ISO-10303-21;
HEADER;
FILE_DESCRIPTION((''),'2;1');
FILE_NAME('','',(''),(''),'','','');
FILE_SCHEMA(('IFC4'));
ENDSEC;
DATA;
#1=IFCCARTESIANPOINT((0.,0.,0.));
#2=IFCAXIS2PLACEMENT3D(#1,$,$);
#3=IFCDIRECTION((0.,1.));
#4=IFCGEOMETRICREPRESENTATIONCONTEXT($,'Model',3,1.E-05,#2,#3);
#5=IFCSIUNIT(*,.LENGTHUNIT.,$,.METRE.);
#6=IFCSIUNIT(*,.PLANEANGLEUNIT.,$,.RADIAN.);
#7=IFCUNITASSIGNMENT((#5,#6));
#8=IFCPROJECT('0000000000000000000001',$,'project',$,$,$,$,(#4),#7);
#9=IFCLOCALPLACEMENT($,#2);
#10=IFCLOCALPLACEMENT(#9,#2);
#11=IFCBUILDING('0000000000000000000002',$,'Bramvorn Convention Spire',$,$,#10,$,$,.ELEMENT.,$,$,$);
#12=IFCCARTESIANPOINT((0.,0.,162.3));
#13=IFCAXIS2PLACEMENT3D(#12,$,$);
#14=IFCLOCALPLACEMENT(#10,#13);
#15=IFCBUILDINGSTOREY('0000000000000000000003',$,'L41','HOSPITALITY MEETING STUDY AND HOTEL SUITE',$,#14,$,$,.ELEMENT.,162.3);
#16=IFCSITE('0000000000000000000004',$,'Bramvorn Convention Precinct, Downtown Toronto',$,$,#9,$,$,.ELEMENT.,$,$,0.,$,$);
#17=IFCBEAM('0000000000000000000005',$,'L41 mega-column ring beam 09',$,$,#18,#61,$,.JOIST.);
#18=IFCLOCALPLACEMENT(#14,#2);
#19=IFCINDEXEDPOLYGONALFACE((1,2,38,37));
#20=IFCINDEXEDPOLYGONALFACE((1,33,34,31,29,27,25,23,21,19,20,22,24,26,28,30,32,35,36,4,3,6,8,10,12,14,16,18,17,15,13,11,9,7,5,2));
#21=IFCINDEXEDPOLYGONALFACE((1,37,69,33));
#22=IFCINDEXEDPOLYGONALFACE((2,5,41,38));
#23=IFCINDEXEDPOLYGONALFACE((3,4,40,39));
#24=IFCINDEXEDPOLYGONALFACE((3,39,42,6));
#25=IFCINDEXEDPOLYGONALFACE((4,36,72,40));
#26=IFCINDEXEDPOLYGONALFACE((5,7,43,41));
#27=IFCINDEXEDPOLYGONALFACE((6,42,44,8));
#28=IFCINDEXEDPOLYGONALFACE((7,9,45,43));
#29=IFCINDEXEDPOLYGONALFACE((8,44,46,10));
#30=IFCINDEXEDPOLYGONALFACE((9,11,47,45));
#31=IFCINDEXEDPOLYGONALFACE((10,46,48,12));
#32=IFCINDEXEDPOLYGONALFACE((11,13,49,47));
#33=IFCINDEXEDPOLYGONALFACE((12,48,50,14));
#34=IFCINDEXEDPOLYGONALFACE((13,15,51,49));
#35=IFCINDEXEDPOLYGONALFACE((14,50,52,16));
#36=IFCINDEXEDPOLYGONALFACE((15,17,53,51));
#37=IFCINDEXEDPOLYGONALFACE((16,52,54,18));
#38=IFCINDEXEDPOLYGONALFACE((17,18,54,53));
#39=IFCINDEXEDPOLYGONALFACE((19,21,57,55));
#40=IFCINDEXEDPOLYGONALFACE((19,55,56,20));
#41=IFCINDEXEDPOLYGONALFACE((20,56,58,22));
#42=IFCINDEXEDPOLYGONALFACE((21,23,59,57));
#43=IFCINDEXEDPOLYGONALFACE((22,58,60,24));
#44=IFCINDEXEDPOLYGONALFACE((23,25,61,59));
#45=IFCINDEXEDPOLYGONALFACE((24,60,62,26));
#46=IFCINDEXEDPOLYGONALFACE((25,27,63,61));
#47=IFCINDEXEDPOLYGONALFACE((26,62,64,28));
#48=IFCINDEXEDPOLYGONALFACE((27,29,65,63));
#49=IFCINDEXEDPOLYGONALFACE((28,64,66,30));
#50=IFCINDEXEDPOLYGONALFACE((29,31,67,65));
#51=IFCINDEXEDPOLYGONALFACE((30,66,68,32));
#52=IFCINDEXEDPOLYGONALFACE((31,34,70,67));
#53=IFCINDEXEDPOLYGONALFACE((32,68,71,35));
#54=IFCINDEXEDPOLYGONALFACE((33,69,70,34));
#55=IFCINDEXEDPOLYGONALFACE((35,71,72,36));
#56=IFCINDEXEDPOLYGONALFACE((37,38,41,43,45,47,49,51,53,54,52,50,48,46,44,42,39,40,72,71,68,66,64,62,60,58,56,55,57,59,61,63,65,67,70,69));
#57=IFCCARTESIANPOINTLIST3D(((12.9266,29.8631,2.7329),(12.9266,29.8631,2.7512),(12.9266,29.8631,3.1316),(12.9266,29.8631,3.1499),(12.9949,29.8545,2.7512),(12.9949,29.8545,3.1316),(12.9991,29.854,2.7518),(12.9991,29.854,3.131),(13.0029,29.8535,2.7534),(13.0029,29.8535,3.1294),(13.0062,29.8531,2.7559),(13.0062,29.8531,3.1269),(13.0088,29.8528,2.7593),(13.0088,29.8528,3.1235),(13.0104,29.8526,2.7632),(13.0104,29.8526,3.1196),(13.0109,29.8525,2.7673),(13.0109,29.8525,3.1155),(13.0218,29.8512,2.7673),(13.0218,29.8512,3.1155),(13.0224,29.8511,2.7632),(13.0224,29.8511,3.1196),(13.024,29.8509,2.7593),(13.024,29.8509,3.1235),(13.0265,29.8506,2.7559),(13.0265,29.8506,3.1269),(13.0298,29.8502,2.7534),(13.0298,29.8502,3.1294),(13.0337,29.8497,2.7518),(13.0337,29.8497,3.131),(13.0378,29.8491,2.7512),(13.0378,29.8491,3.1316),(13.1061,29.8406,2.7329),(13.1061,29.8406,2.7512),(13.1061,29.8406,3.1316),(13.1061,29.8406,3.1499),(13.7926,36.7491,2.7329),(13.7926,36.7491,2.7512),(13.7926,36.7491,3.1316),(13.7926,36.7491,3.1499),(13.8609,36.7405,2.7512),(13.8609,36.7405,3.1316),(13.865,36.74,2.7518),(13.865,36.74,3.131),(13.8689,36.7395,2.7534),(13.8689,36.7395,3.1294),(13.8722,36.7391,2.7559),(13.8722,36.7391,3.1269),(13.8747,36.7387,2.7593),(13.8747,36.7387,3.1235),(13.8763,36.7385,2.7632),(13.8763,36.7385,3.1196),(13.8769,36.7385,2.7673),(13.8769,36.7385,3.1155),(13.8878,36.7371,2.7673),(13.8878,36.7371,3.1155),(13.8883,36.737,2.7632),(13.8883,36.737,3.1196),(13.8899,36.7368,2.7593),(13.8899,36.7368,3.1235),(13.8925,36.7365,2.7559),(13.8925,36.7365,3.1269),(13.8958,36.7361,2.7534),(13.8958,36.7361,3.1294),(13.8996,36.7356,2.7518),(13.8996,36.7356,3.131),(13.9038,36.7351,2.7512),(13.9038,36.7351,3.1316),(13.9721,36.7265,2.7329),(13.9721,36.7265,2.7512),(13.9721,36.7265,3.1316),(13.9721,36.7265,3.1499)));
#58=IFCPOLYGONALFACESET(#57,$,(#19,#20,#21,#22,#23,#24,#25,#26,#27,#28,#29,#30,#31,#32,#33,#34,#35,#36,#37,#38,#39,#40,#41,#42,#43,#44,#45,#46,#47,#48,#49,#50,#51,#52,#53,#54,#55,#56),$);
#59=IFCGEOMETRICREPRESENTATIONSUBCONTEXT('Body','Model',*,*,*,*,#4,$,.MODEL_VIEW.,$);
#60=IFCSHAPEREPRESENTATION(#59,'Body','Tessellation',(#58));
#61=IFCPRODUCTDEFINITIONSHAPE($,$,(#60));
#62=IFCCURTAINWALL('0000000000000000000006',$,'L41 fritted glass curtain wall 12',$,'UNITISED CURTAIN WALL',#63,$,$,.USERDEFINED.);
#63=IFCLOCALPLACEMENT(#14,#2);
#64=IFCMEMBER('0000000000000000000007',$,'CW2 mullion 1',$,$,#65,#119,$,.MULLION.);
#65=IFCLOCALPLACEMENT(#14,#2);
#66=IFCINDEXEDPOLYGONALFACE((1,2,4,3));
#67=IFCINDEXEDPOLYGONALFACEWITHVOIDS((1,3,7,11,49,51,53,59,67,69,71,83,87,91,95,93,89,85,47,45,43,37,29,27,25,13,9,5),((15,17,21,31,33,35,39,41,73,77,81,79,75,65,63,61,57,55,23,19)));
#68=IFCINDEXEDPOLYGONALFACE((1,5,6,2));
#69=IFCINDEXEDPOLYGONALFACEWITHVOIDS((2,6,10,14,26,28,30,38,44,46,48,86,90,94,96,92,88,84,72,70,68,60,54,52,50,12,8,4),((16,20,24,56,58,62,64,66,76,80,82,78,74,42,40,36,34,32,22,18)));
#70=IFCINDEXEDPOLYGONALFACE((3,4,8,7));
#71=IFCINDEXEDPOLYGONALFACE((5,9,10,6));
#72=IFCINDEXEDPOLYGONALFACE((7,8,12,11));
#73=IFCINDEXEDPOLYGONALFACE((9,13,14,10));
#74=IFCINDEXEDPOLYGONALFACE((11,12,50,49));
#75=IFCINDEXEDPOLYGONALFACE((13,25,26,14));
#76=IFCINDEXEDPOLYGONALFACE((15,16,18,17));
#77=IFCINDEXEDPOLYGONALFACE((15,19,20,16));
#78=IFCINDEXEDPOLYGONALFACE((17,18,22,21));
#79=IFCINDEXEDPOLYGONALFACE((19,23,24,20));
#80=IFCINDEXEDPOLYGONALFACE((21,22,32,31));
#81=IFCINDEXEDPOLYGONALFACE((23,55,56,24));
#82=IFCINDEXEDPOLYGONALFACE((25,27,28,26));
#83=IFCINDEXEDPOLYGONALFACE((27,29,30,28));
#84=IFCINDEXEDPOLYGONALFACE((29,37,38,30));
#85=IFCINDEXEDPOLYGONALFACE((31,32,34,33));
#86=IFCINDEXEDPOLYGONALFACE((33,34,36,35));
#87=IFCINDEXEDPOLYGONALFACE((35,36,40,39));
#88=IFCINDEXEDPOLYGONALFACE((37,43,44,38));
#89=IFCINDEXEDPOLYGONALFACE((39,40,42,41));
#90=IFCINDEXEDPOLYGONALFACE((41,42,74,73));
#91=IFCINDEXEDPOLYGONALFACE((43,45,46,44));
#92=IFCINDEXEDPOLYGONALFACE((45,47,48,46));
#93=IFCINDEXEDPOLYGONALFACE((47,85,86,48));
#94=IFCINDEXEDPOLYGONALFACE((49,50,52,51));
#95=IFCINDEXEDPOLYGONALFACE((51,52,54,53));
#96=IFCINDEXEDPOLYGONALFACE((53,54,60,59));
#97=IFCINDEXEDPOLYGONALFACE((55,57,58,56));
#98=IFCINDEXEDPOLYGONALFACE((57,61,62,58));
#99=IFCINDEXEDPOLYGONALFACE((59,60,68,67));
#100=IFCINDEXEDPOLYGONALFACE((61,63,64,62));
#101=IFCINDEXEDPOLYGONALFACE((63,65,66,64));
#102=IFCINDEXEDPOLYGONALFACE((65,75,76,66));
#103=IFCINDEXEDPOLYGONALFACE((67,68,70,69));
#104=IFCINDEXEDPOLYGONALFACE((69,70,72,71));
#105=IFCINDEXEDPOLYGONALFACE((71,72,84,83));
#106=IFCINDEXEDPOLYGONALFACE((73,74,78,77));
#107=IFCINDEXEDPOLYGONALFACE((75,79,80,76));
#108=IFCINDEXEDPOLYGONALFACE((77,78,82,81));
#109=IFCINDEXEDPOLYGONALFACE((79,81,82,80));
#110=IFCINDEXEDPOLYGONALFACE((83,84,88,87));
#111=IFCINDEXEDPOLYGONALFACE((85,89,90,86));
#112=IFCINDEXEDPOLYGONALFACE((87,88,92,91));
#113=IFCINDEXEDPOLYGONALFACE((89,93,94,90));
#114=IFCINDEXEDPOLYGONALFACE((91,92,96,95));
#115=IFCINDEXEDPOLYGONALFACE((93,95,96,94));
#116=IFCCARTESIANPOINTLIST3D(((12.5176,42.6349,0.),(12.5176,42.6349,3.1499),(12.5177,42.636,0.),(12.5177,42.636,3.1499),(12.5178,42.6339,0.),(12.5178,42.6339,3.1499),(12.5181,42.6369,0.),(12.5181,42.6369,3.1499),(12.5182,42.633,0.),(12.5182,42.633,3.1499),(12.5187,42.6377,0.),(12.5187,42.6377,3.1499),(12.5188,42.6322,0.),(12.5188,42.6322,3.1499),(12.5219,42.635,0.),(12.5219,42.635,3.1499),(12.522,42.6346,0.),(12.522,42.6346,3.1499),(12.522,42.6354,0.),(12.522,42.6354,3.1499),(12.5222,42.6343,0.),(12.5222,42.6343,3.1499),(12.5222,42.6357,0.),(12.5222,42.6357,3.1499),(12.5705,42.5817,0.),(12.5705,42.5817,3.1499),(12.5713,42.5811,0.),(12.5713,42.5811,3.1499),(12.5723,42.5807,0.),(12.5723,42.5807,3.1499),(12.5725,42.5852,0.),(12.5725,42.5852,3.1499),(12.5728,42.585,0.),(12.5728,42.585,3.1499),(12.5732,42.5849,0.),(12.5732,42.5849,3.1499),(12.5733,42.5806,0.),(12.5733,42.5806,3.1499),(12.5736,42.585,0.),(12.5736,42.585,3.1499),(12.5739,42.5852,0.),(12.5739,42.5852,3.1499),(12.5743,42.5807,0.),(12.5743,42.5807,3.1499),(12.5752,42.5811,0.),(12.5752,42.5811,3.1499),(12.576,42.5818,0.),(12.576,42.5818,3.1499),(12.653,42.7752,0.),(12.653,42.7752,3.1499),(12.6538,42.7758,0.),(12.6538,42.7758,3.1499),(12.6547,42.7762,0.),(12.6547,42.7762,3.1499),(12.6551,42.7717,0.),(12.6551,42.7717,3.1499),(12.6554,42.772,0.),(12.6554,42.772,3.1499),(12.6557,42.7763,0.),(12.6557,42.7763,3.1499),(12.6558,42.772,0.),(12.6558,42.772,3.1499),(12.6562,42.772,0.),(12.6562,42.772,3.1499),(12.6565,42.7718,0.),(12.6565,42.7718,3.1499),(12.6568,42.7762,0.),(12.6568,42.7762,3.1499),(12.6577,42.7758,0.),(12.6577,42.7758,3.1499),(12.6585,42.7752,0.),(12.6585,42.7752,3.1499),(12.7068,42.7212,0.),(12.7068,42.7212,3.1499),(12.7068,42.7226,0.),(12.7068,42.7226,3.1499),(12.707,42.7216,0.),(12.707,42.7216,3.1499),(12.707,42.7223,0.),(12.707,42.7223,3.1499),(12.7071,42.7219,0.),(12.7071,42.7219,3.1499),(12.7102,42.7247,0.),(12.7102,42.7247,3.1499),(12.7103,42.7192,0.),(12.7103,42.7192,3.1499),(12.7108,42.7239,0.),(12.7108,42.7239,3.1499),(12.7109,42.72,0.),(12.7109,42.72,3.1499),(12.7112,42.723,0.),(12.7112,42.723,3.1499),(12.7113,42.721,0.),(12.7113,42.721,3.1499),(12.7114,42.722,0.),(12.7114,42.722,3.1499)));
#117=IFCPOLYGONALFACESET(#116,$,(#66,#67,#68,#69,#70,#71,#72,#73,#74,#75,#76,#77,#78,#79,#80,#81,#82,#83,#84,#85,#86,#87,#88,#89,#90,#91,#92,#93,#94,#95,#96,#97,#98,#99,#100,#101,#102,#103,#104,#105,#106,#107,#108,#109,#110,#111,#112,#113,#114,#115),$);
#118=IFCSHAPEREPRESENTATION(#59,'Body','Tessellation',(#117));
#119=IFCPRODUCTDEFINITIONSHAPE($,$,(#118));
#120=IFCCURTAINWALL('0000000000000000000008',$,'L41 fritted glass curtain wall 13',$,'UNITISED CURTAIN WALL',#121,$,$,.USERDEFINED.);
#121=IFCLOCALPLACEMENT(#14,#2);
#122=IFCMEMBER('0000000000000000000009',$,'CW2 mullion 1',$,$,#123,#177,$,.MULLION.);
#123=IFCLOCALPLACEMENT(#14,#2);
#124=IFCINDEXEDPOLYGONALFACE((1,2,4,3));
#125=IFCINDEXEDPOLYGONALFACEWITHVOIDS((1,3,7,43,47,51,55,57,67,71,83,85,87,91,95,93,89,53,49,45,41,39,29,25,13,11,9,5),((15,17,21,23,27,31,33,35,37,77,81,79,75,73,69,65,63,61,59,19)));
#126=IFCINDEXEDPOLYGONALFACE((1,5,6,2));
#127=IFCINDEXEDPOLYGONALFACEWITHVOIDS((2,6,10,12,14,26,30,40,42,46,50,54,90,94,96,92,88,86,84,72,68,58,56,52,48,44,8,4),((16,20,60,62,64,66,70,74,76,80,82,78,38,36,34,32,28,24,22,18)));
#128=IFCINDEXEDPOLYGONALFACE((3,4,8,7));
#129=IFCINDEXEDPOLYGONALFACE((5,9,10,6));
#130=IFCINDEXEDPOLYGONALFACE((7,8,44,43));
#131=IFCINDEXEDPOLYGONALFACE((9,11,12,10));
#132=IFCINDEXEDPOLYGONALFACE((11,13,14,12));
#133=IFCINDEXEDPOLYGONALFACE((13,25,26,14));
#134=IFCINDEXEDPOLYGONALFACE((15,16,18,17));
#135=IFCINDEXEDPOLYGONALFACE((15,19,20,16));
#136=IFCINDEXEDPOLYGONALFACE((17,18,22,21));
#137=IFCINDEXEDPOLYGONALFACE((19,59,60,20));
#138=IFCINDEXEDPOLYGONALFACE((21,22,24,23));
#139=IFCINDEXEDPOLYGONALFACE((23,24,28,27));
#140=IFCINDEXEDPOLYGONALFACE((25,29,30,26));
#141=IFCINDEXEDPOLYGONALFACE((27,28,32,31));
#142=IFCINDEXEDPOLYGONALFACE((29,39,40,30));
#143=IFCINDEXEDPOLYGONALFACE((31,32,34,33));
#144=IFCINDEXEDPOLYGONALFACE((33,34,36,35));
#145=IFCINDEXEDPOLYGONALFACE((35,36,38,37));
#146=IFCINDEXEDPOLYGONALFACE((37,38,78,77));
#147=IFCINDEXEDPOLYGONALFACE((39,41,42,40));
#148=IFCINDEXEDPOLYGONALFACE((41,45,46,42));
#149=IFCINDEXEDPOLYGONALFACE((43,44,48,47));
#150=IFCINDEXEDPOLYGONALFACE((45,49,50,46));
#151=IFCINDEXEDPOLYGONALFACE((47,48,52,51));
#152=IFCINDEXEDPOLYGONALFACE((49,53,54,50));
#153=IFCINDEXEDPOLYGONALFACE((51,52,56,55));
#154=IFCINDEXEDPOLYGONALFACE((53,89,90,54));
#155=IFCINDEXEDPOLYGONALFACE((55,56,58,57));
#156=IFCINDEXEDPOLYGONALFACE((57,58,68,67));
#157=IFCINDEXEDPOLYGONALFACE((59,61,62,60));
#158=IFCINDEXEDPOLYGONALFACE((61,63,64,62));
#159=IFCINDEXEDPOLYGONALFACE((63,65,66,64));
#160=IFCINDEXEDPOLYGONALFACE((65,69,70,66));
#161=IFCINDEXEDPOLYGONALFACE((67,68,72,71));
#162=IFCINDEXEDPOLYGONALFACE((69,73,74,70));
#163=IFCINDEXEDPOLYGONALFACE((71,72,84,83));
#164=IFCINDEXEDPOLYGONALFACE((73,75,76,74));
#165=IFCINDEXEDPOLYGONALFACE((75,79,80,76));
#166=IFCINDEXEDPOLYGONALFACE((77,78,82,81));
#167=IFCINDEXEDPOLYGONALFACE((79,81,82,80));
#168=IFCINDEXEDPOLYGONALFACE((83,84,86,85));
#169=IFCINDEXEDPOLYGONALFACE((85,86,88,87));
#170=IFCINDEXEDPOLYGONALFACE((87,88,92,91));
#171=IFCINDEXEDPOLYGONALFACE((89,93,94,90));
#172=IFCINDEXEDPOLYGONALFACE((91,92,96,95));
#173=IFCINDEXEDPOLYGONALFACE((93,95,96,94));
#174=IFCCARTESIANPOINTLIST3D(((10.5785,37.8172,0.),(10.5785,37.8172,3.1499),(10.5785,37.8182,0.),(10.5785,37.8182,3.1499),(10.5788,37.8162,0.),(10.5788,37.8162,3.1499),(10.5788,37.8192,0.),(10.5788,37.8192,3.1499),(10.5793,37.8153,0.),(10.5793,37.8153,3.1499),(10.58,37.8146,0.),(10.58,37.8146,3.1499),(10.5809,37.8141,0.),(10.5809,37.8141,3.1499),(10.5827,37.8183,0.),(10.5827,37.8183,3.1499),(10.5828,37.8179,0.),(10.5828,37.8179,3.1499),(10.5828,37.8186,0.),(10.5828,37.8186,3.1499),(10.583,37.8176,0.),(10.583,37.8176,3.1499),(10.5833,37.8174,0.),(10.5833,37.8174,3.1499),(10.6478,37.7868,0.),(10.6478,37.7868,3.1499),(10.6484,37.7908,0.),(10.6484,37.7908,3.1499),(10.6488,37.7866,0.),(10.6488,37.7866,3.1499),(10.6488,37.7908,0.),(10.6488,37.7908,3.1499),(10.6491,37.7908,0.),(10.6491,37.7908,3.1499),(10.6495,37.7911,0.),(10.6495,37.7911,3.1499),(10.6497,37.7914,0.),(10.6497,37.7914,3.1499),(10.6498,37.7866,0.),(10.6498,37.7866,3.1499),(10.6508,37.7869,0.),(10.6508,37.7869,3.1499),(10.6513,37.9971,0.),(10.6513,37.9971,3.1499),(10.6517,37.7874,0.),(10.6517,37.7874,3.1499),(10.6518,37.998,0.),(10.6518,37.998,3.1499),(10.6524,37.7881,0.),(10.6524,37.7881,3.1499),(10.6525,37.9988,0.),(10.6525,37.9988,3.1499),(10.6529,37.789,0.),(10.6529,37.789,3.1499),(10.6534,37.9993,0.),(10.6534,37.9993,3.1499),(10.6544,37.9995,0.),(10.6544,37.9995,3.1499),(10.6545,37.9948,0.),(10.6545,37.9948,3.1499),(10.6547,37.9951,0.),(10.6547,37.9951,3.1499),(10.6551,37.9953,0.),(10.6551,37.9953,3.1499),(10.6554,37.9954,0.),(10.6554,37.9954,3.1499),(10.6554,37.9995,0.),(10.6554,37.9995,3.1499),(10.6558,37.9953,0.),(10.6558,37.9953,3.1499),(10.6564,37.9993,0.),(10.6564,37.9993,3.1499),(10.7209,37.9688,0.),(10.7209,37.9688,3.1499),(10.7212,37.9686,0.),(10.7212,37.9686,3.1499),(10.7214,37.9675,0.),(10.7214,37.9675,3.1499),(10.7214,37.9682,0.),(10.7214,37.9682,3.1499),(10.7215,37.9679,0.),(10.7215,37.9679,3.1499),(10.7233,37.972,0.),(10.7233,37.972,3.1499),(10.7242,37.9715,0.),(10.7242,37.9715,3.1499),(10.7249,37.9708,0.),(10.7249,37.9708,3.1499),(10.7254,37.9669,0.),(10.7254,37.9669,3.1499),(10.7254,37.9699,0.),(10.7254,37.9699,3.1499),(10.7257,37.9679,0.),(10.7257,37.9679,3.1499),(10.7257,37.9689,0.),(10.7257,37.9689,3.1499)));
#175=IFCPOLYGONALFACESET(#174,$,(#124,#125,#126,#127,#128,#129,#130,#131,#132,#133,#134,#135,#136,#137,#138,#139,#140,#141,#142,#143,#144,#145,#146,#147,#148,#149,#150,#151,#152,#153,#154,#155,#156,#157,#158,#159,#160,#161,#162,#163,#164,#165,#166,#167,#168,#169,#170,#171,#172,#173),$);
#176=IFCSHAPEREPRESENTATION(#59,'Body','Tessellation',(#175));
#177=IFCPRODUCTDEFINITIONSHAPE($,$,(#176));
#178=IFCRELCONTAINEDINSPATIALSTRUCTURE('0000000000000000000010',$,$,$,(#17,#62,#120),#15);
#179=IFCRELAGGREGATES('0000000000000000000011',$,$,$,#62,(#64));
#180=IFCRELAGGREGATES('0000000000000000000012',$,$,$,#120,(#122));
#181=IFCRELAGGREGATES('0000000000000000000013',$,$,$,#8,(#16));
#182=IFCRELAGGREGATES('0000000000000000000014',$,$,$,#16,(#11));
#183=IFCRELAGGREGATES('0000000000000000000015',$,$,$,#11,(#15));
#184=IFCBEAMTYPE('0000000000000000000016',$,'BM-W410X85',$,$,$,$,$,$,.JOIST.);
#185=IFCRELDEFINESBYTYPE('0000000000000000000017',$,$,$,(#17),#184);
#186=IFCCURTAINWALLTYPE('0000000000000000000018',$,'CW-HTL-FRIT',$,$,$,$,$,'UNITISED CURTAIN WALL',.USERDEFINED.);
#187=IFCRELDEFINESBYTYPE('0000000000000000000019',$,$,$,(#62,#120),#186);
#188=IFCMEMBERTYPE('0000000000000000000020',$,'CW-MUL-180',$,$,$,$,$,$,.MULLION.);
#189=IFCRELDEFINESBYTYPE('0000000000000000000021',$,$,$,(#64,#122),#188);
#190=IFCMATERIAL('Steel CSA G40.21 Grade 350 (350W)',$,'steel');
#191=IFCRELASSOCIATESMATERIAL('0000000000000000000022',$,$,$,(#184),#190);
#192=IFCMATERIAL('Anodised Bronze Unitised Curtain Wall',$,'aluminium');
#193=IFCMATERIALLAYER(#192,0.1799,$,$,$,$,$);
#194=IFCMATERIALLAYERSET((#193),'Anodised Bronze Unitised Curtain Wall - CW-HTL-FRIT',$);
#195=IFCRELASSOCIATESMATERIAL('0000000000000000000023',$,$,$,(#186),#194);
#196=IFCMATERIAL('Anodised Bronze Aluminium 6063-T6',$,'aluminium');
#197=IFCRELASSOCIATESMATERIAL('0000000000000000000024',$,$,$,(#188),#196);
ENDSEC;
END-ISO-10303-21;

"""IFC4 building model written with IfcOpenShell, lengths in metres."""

from ifc_helpers import new_model, si_unit, direction, frame, origin, origin_2d, place, context, subcontext, project, spatial, hollow_rectangle, i_section, extrude, material, layer, layer_set, material_profile, profile_set, type_object, element, aggregate, save


model = new_model("IFC4")

# Units and contexts
model_context = context("Model", 3, precision=1e-05, world=origin(), true_north=direction((0.0, 1.0)))
body_context = subcontext(model_context, "Body", "Model", "MODEL_VIEW")
ifc_project = project(units=[si_unit("LENGTHUNIT", "METRE"), si_unit("PLANEANGLEUNIT", "RADIAN")], contexts=[model_context])

# Site, building, storey
site_placement = place(None, origin())
site = spatial("IfcSite", under=ifc_project, at=site_placement, Name="Bramvorn Convention Precinct, Downtown Toronto", CompositionType="ELEMENT", RefElevation=0.0)
building_placement = place(site_placement, origin())
building = spatial("IfcBuilding", under=site, at=building_placement, Name="Bramvorn Convention Spire", CompositionType="ELEMENT")
storey_placement = place(building_placement, frame((0.0, 0.0, 162.3)))
storey = spatial("IfcBuildingStorey", under=building, at=storey_placement, Name="L41", Description="HOSPITALITY MEETING STUDY AND HOTEL SUITE", CompositionType="ELEMENT", Elevation=162.3)

# Beam
ifc_material_1 = material(Name="Steel CSA G40.21 Grade 350 (350W)", Category="steel")
ifc_material_profile_1 = material_profile(ifc_material_1, i_section(OverallWidth=0.1809, OverallDepth=0.417, WebThickness=0.011, FlangeThickness=0.0183, FilletRadius=0.0161, at=origin_2d()))
ifc_profile_set_1 = profile_set([ifc_material_profile_1], Name="Steel CSA G40.21 Grade 350 (350W) - W410X85")
beam_type = type_object("IfcBeamType", Name="BM-W410X85", PredefinedType="JOIST", material=ifc_profile_set_1)
beam_placement = place(storey_placement, frame((13.8823, 36.7378, 2.9414), z_axis=(-0.124775, -0.992185, 0.0), x_axis=(0.992185, -0.124775, 0.0)))
element("IfcBeam", 1, at=beam_placement, inside=storey, type_object=beam_type, Name="L41 mega-column ring beam 09", PredefinedType="JOIST", context=body_context, shape_type="SweptSolid", body=[
    extrude(i_section(OverallWidth=0.1809, OverallDepth=0.417, WebThickness=0.011, FlangeThickness=0.0183, FilletRadius=0.0161, at=origin_2d()), origin(), (0.0, 0.0, 1.0), 6.9402),
])

# Curtain wall, member
ifc_material_2 = material(Name="Anodised Bronze Unitised Curtain Wall", Category="aluminium")
ifc_layer_1 = layer(ifc_material_2, 0.1799)
ifc_layer_set_1 = layer_set([ifc_layer_1], Name="Anodised Bronze Unitised Curtain Wall - CW-HTL-FRIT")
curtain_wall_type = type_object("IfcCurtainWallType", Name="CW-HTL-FRIT", ElementType="UNITISED CURTAIN WALL", PredefinedType="USERDEFINED", material=ifc_layer_set_1)
curtain_wall_1_placement = place(storey_placement, origin())
curtain_wall_1 = element("IfcCurtainWall", 2, at=curtain_wall_1_placement, inside=storey, type_object=curtain_wall_type, Name="L41 fritted glass curtain wall 12", ObjectType="UNITISED CURTAIN WALL", PredefinedType="USERDEFINED")
ifc_material_3 = material(Name="Anodised Bronze Aluminium 6063-T6", Category="aluminium")
ifc_material_profile_2 = material_profile(ifc_material_3, hollow_rectangle(XDim=0.0801, YDim=0.2, WallThickness=0.0039, InnerFilletRadius=0.001, OuterFilletRadius=0.0039, at=origin_2d()))
ifc_profile_set_2 = profile_set([ifc_material_profile_2], Name="Anodised Bronze Aluminium 6063-T6 - CWM80X200")
member_type_1 = type_object("IfcMemberType", Name="CW-MUL-180", PredefinedType="MULLION", material=ifc_profile_set_2)
member_1_placement = place(storey_placement, frame((12.6145, 42.6785, 0.0), z_axis=(0.0, 0.0, 1.0), x_axis=(-0.715349, 0.698767, 0.0)))
member_1 = element("IfcMember", 3, at=member_1_placement, type_object=member_type_1, Name="CW2 mullion 1", PredefinedType="MULLION", context=body_context, shape_type="SweptSolid", body=[
    extrude(hollow_rectangle(XDim=0.0801, YDim=0.2, WallThickness=0.0039, InnerFilletRadius=0.001, OuterFilletRadius=0.0039, at=origin_2d()), origin(), (0.0, 0.0, 1.0), 3.1499),
])

# Curtain wall, member
curtain_wall_2_placement = place(storey_placement, origin())
curtain_wall_2 = element("IfcCurtainWall", 4, at=curtain_wall_2_placement, inside=storey, type_object=curtain_wall_type, Name="L41 fritted glass curtain wall 13", ObjectType="UNITISED CURTAIN WALL", PredefinedType="USERDEFINED")
member_2_placement = place(storey_placement, frame((10.6521, 37.8931, 0.0), z_axis=(0.0, 0.0, 1.0), x_axis=(-0.926057, 0.377384, 0.0)))
member_2 = element("IfcMember", 5, at=member_2_placement, type_object=member_type_1, Name="CW2 mullion 1", PredefinedType="MULLION", context=body_context, shape_type="SweptSolid", body=[
    extrude(hollow_rectangle(XDim=0.0801, YDim=0.2, WallThickness=0.0039, InnerFilletRadius=0.001, OuterFilletRadius=0.0039, at=origin_2d()), origin(), (0.0, 0.0, 1.0), 3.1499),
])

aggregate(curtain_wall_1, [member_1])
aggregate(curtain_wall_2, [member_2])

save(model, "model.ifc")
